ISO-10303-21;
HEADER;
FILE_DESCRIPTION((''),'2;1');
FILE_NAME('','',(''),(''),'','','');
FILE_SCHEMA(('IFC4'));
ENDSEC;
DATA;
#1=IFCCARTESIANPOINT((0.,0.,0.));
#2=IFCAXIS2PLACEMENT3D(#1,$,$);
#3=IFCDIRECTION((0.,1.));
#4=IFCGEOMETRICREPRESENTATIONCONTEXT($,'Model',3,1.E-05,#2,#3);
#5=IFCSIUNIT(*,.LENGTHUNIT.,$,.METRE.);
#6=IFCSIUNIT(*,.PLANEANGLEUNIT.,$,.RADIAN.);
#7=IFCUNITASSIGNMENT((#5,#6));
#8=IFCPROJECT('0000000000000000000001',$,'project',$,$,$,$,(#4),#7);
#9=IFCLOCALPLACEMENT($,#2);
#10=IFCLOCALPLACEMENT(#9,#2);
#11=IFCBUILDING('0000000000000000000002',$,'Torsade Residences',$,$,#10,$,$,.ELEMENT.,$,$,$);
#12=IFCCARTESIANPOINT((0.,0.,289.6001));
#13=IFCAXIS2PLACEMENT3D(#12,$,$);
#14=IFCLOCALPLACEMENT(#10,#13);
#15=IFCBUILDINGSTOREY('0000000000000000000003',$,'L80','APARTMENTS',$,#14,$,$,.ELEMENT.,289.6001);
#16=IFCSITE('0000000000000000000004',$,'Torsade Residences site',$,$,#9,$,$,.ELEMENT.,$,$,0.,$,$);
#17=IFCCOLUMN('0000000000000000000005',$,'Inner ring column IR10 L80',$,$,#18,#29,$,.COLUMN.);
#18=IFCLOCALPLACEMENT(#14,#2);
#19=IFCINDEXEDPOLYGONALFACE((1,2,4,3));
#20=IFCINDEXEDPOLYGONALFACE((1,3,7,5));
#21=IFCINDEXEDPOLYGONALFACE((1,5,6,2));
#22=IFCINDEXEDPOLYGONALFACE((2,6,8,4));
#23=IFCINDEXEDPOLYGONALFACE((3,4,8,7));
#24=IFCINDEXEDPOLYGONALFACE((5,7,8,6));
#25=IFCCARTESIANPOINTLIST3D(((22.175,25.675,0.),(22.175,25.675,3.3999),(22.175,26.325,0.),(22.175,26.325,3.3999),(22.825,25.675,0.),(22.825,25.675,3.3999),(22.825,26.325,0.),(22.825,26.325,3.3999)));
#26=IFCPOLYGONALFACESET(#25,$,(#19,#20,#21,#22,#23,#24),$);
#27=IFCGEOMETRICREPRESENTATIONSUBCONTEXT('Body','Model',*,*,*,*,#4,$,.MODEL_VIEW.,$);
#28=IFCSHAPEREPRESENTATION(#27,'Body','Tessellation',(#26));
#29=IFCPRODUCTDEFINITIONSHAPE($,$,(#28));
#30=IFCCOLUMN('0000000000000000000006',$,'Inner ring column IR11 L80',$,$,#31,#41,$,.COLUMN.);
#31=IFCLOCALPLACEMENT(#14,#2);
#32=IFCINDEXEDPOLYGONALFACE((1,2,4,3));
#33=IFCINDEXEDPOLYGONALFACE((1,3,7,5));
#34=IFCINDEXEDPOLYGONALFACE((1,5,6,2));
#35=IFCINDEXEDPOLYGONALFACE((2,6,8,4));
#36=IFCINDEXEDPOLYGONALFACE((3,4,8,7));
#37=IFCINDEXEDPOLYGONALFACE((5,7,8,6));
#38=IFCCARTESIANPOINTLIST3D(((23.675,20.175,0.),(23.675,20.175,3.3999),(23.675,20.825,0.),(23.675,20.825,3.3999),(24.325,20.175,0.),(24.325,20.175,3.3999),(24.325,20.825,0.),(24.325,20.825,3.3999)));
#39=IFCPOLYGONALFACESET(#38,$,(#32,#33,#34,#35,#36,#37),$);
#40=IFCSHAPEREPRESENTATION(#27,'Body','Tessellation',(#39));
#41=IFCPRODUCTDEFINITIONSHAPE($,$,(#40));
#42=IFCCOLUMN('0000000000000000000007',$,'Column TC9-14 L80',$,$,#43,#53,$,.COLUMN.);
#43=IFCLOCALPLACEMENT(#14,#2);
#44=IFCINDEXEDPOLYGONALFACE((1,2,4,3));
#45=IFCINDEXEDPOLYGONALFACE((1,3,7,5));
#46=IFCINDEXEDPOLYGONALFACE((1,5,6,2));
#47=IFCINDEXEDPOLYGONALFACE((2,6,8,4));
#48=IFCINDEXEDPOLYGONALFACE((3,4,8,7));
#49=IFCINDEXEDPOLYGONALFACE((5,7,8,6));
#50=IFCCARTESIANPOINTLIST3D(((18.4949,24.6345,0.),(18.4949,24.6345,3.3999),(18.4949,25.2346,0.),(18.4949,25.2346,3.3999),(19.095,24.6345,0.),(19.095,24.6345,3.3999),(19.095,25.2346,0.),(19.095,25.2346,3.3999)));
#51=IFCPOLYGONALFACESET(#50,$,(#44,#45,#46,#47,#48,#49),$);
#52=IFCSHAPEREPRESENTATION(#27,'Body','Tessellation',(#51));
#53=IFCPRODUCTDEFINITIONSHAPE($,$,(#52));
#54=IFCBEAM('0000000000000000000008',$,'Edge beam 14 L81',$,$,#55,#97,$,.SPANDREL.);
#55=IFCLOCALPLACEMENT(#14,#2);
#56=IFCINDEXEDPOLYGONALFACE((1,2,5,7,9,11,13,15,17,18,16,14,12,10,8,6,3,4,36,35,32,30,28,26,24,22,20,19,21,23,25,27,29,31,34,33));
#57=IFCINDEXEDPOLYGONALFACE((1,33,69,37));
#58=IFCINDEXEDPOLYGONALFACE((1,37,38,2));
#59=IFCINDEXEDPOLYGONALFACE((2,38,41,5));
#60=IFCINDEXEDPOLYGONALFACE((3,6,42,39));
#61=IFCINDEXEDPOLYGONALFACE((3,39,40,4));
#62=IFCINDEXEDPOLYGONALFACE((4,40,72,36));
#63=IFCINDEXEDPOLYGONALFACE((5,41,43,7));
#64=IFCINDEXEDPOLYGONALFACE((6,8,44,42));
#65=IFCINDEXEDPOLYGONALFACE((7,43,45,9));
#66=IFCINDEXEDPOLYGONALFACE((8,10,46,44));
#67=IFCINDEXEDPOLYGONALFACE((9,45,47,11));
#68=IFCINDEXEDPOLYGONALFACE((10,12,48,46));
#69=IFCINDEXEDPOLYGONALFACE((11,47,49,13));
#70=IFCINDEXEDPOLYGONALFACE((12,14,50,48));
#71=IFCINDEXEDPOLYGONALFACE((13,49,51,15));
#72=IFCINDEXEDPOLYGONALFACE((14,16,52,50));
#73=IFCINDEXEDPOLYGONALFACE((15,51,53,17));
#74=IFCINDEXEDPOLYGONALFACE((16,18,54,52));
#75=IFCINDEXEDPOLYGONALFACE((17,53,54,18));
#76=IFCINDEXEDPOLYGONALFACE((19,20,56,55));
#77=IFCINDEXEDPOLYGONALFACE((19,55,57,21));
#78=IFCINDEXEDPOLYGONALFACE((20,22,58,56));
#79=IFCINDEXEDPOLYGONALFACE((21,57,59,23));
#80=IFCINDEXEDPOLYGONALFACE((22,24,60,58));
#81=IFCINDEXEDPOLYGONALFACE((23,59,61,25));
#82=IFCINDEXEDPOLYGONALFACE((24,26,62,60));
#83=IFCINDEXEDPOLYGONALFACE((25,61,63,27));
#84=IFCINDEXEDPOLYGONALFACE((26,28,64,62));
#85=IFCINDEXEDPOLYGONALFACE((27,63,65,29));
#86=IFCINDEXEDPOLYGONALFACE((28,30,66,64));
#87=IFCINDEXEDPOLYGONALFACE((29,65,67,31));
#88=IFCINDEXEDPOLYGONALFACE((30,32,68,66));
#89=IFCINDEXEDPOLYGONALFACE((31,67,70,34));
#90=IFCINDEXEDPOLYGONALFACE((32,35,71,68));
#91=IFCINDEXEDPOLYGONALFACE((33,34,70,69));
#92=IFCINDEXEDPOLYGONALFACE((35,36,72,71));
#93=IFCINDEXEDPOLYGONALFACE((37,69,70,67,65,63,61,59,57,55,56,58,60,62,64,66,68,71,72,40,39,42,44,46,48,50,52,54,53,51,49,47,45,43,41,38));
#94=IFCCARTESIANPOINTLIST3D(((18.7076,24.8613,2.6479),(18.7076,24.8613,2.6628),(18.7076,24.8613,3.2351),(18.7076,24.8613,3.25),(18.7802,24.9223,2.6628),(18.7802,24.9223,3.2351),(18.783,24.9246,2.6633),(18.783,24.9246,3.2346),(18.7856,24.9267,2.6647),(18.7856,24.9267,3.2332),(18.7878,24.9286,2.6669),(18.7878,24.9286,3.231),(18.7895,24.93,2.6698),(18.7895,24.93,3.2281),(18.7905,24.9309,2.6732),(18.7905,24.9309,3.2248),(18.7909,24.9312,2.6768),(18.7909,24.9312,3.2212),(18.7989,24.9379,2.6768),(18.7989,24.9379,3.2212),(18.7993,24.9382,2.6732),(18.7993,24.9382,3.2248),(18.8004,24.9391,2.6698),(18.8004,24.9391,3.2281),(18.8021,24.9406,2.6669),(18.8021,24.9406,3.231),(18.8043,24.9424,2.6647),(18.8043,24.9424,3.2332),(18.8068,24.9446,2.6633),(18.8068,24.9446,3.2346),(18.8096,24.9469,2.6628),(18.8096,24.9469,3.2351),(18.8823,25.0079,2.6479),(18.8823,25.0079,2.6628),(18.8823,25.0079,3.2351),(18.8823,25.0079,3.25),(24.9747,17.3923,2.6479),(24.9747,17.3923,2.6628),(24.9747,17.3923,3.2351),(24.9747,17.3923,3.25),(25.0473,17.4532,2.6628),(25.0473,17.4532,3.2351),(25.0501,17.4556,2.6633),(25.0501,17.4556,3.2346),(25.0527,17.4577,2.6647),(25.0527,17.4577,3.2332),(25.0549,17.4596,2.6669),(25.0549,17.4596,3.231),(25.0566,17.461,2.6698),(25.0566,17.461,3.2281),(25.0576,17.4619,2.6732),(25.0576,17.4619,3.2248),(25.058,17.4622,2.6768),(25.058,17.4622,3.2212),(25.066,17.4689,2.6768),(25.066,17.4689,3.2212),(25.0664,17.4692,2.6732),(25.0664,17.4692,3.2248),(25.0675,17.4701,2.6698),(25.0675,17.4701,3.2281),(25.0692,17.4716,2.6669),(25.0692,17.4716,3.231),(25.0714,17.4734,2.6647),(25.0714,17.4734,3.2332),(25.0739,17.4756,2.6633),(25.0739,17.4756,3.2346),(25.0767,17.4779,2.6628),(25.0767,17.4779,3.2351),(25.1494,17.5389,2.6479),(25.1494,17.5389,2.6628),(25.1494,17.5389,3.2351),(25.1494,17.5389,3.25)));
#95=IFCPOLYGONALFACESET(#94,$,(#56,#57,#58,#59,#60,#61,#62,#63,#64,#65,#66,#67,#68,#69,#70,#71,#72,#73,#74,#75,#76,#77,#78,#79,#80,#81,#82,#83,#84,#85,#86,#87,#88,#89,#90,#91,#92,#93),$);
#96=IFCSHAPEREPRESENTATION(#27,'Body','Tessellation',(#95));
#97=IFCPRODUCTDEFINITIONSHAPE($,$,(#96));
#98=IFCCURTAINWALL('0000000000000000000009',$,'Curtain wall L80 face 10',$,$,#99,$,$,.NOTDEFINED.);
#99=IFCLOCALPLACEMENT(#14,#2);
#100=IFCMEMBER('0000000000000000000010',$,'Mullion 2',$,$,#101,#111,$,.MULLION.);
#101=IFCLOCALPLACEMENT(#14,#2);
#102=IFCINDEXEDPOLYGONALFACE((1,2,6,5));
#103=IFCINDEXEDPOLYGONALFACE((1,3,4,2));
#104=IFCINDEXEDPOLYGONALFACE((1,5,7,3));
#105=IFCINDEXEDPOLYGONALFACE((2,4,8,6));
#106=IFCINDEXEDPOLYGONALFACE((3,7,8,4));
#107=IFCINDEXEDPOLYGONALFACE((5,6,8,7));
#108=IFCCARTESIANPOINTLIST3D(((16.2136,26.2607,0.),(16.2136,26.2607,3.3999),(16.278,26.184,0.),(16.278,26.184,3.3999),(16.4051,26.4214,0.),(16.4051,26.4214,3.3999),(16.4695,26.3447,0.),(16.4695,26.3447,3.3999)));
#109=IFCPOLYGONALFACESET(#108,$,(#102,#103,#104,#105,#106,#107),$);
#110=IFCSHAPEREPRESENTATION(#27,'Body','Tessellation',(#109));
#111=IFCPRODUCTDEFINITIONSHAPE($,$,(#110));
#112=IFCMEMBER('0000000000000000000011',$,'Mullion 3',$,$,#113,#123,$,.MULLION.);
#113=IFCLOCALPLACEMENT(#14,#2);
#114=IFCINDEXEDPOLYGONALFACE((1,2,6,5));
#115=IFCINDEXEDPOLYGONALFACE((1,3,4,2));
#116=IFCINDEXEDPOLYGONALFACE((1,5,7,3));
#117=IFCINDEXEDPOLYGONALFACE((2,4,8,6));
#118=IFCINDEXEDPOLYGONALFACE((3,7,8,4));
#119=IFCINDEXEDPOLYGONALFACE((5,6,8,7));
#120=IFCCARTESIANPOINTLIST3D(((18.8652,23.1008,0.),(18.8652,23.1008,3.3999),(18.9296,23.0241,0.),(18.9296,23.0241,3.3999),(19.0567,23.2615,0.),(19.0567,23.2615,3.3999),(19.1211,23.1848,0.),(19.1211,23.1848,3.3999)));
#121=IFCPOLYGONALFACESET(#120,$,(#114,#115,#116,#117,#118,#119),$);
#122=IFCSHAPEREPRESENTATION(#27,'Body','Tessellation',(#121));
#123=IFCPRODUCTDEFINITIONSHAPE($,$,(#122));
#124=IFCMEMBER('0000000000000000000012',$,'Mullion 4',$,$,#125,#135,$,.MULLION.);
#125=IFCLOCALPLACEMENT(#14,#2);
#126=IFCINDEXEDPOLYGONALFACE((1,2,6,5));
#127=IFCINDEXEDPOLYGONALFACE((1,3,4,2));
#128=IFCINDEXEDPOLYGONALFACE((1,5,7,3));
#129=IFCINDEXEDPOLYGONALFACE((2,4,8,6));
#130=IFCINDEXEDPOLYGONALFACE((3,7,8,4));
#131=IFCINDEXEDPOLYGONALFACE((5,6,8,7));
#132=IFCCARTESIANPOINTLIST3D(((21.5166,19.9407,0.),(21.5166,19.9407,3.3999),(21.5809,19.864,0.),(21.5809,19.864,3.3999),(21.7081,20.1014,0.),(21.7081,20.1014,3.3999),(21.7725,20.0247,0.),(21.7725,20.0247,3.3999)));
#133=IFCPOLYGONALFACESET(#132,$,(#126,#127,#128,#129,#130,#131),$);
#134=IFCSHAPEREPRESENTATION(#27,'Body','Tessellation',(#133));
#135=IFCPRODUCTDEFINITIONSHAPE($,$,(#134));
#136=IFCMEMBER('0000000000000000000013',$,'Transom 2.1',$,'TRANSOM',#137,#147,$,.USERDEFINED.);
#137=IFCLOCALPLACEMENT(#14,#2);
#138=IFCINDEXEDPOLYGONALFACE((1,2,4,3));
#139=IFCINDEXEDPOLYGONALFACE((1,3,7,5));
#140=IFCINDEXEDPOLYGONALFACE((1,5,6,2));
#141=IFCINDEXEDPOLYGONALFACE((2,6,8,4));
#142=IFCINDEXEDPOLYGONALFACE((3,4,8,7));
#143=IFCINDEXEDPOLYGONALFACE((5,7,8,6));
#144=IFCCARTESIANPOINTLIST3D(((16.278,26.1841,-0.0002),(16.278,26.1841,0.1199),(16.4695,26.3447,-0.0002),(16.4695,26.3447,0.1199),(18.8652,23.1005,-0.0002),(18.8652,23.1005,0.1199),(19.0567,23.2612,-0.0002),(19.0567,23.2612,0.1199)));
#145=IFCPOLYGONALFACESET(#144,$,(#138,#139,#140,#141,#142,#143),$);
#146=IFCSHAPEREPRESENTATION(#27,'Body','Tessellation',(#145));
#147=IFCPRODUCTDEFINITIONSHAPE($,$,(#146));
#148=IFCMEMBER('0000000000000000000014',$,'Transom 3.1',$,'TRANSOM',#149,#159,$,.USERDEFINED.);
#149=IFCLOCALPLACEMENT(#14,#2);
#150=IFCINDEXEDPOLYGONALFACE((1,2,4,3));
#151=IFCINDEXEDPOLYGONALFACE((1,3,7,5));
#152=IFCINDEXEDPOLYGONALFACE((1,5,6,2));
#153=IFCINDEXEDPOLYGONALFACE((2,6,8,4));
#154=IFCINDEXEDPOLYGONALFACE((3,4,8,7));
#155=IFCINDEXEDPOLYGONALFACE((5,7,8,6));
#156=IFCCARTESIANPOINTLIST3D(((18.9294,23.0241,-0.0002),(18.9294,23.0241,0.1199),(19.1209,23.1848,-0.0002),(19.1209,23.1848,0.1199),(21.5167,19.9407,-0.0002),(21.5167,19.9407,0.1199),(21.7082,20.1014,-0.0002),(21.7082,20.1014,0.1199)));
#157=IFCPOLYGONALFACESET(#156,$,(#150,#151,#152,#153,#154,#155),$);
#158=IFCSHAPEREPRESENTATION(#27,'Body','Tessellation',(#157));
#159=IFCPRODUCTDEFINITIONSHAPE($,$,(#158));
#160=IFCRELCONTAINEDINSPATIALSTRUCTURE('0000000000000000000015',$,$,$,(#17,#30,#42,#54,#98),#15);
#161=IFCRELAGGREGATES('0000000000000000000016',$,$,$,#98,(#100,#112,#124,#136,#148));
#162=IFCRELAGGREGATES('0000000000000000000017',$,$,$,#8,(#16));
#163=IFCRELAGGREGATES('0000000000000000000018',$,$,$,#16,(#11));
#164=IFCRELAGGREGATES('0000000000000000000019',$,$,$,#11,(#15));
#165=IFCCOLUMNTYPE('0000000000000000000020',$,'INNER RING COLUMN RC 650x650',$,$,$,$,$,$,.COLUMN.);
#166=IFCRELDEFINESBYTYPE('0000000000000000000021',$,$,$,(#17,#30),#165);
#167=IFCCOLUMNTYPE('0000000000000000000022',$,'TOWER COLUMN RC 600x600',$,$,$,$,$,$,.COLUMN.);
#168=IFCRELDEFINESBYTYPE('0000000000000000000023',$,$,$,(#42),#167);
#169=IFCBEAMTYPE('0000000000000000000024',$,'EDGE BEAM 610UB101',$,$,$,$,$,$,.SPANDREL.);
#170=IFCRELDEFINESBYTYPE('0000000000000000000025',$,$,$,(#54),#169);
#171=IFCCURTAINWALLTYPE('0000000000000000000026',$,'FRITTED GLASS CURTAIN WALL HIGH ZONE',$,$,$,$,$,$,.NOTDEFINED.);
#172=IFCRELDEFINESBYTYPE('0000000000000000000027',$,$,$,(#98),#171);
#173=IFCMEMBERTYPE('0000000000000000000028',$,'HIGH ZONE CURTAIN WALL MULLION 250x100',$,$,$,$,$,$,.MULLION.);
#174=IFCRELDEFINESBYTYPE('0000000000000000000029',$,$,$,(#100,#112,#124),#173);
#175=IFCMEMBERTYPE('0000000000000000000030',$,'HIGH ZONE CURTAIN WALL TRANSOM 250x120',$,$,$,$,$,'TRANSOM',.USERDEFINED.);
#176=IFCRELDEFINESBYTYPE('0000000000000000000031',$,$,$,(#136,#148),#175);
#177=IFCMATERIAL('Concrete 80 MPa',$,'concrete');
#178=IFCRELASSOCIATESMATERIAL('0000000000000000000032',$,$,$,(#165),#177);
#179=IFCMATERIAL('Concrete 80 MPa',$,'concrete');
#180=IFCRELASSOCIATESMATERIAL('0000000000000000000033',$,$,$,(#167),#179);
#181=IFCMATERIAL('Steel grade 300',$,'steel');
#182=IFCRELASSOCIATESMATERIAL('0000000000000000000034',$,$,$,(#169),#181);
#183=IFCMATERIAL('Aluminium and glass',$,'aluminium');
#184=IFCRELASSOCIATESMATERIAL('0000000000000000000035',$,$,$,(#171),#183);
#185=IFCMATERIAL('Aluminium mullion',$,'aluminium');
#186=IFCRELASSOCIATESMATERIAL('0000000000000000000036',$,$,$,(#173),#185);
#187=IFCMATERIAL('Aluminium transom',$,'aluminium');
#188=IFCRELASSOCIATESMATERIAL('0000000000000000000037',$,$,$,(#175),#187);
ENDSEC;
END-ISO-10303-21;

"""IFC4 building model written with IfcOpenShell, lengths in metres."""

from ifc_helpers import new_model, si_unit, direction, frame, origin, origin_2d, place, context, subcontext, project, spatial, rectangle, i_section, extrude, material, material_profile, profile_set, type_object, element, aggregate, save


model = new_model("IFC4")

# Units and contexts
model_context = context("Model", 3, precision=1e-05, world=origin(), true_north=direction((0.0, 1.0)))
body_context = subcontext(model_context, "Body", "Model", "MODEL_VIEW")
ifc_project = project(units=[si_unit("LENGTHUNIT", "METRE"), si_unit("PLANEANGLEUNIT", "RADIAN")], contexts=[model_context])

# Site, building, storey
site_placement = place(None, origin())
site = spatial("IfcSite", under=ifc_project, at=site_placement, Name="Torsade Residences site", CompositionType="ELEMENT", RefElevation=0.0)
building_placement = place(site_placement, origin())
building = spatial("IfcBuilding", under=site, at=building_placement, Name="Torsade Residences", CompositionType="ELEMENT")
storey_placement = place(building_placement, frame((0.0, 0.0, 289.6001)))
storey = spatial("IfcBuildingStorey", under=building, at=storey_placement, Name="L80", Description="APARTMENTS", CompositionType="ELEMENT", Elevation=289.6001)

# Columns
ifc_material_1 = material(Name="Concrete 80 MPa", Category="concrete")
ifc_material_profile_1 = material_profile(ifc_material_1, rectangle(XDim=0.6499, YDim=0.6499, at=origin_2d()), Name="RC 650x650")
ifc_profile_set_1 = profile_set([ifc_material_profile_1], Name="Concrete 80 MPa")
column_type_1 = type_object("IfcColumnType", Name="INNER RING COLUMN RC 650x650", PredefinedType="COLUMN", material=ifc_profile_set_1)
for number, where, z_axis, x_axis, name in (
    (1, (22.5, 26.0, 0.0), (0.0, 0.0, 1.0), (1.0, 0.0, 0.0), "Inner ring column IR10 L80"),
    (2, (24.0, 20.5, 0.0), (0.0, 0.0, 1.0), (1.0, 0.0, 0.0), "Inner ring column IR11 L80"),
):
    element("IfcColumn", number, at=place(storey_placement, frame(where, z_axis=z_axis, x_axis=x_axis)), inside=storey, type_object=column_type_1, Name=name, PredefinedType="COLUMN", context=body_context, shape_type="SweptSolid", body=[
        extrude(rectangle(XDim=0.6499, YDim=0.6499, at=origin_2d()), origin(), (0.0, 0.0, 1.0), 3.3999),
    ])
ifc_material_2 = material(Name="Concrete 80 MPa", Category="concrete")
ifc_material_profile_2 = material_profile(ifc_material_2, rectangle(XDim=0.6001, YDim=0.6001, at=origin_2d()), Name="RC 600x600")
ifc_profile_set_2 = profile_set([ifc_material_profile_2], Name="Concrete 80 MPa")
column_type_2 = type_object("IfcColumnType", Name="TOWER COLUMN RC 600x600", PredefinedType="COLUMN", material=ifc_profile_set_2)
column_placement = place(storey_placement, frame((18.7949, 24.9346, 0.0), z_axis=(0.0, 0.0, 1.0), x_axis=(1.0, 0.0, 0.0)))
element("IfcColumn", 3, at=column_placement, inside=storey, type_object=column_type_2, Name="Column TC9-14 L80", PredefinedType="COLUMN", context=body_context, shape_type="SweptSolid", body=[
    extrude(rectangle(XDim=0.6001, YDim=0.6001, at=origin_2d()), origin(), (0.0, 0.0, 1.0), 3.3999),
])

# Beam
ifc_material_3 = material(Name="Steel grade 300", Category="steel")
ifc_material_profile_3 = material_profile(ifc_material_3, i_section(OverallWidth=0.228, OverallDepth=0.6021, WebThickness=0.0105, FlangeThickness=0.0149, FilletRadius=0.0139, at=origin_2d()), Name="610UB101")
ifc_profile_set_3 = profile_set([ifc_material_profile_3], Name="Steel grade 300")
beam_type_1 = type_object("IfcBeamType", Name="EDGE BEAM 610UB101", PredefinedType="SPANDREL", material=ifc_profile_set_3)
beam_1_placement = place(storey_placement, frame((18.7949, 24.9346, 2.949), z_axis=(0.642779, -0.766052, 0.0), x_axis=(0.766052, 0.642779, 0.0)))
element("IfcBeam", 4, at=beam_1_placement, inside=storey, type_object=beam_type_1, Name="Edge beam 14 L81", PredefinedType="SPANDREL", context=body_context, shape_type="SweptSolid", body=[
    extrude(i_section(OverallWidth=0.228, OverallDepth=0.6021, WebThickness=0.0105, FlangeThickness=0.0149, FilletRadius=0.0139, at=origin_2d()), origin(), (0.0, 0.0, 1.0), 9.75),
])

# Curtain wall, members
ifc_material_4 = material(Name="Aluminium and glass", Category="aluminium")
curtain_wall_type = type_object("IfcCurtainWallType", Name="FRITTED GLASS CURTAIN WALL HIGH ZONE", PredefinedType="NOTDEFINED", material=ifc_material_4)
curtain_wall_placement = place(storey_placement, origin())
curtain_wall = element("IfcCurtainWall", 5, at=curtain_wall_placement, inside=storey, type_object=curtain_wall_type, Name="Curtain wall L80 face 10", PredefinedType="NOTDEFINED")
ifc_material_5 = material(Name="Aluminium mullion", Category="aluminium")
ifc_material_profile_4 = material_profile(ifc_material_5, rectangle(XDim=0.25, YDim=0.1001, at=origin_2d()), Name="HIGH ZONE CURTAIN WALL MULLION 250x100")
ifc_profile_set_4 = profile_set([ifc_material_profile_4], Name="Aluminium mullion")
member_type_1 = type_object("IfcMemberType", Name="HIGH ZONE CURTAIN WALL MULLION 250x100", PredefinedType="MULLION", material=ifc_profile_set_4)
member_1_placement = place(storey_placement, frame((16.3416, 26.3027, 0.0), z_axis=(0.0, 0.0, 1.0), x_axis=(0.766044, 0.642788, 0.0)))
member_1 = element("IfcMember", 6, at=member_1_placement, type_object=member_type_1, Name="Mullion 2", PredefinedType="MULLION", context=body_context, shape_type="SweptSolid", body=[
    extrude(rectangle(XDim=0.25, YDim=0.1001, at=origin_2d()), origin(), (0.0, 0.0, 1.0), 3.3999),
])
member_2_placement = place(storey_placement, frame((18.9932, 23.1428, 0.0), z_axis=(0.0, 0.0, 1.0), x_axis=(0.766044, 0.642788, 0.0)))
member_2 = element("IfcMember", 7, at=member_2_placement, type_object=member_type_1, Name="Mullion 3", PredefinedType="MULLION", context=body_context, shape_type="SweptSolid", body=[
    extrude(rectangle(XDim=0.25, YDim=0.1001, at=origin_2d()), origin(), (0.0, 0.0, 1.0), 3.3999),
])
member_3_placement = place(storey_placement, frame((21.6445, 19.9827, 0.0), z_axis=(0.0, 0.0, 1.0), x_axis=(0.766044, 0.642788, 0.0)))
member_3 = element("IfcMember", 8, at=member_3_placement, type_object=member_type_1, Name="Mullion 4", PredefinedType="MULLION", context=body_context, shape_type="SweptSolid", body=[
    extrude(rectangle(XDim=0.25, YDim=0.1001, at=origin_2d()), origin(), (0.0, 0.0, 1.0), 3.3999),
])
ifc_material_6 = material(Name="Aluminium transom", Category="aluminium")
ifc_material_profile_5 = material_profile(ifc_material_6, rectangle(XDim=0.25, YDim=0.1201, at=origin_2d()), Name="HIGH ZONE CURTAIN WALL TRANSOM 250x120")
ifc_profile_set_5 = profile_set([ifc_material_profile_5], Name="Aluminium transom")
member_type_2 = type_object("IfcMemberType", Name="HIGH ZONE CURTAIN WALL TRANSOM 250x120", ElementType="TRANSOM", PredefinedType="USERDEFINED", material=ifc_profile_set_5)
member_4_placement = place(storey_placement, frame((16.3738, 26.2644, 0.0598), z_axis=(0.642758, -0.766069, 0.0), x_axis=(0.766069, 0.642758, 0.0)))
member_4 = element("IfcMember", 9, at=member_4_placement, type_object=member_type_2, Name="Transom 2.1", ObjectType="TRANSOM", PredefinedType="USERDEFINED", context=body_context, shape_type="SweptSolid", body=[
    extrude(rectangle(XDim=0.25, YDim=0.1201, at=origin_2d()), origin(), (0.0, 0.0, 1.0), 4.0251),
])
member_5_placement = place(storey_placement, frame((19.0251, 23.1045, 0.0598), z_axis=(0.642794, -0.766039, 0.0), x_axis=(0.766039, 0.642794, 0.0)))
member_5 = element("IfcMember", 10, at=member_5_placement, type_object=member_type_2, Name="Transom 3.1", ObjectType="TRANSOM", PredefinedType="USERDEFINED", context=body_context, shape_type="SweptSolid", body=[
    extrude(rectangle(XDim=0.25, YDim=0.1201, at=origin_2d()), origin(), (0.0, 0.0, 1.0), 4.0251),
])

aggregate(curtain_wall, [member_1, member_2, member_3, member_4, member_5])

save(model, "model.ifc")
